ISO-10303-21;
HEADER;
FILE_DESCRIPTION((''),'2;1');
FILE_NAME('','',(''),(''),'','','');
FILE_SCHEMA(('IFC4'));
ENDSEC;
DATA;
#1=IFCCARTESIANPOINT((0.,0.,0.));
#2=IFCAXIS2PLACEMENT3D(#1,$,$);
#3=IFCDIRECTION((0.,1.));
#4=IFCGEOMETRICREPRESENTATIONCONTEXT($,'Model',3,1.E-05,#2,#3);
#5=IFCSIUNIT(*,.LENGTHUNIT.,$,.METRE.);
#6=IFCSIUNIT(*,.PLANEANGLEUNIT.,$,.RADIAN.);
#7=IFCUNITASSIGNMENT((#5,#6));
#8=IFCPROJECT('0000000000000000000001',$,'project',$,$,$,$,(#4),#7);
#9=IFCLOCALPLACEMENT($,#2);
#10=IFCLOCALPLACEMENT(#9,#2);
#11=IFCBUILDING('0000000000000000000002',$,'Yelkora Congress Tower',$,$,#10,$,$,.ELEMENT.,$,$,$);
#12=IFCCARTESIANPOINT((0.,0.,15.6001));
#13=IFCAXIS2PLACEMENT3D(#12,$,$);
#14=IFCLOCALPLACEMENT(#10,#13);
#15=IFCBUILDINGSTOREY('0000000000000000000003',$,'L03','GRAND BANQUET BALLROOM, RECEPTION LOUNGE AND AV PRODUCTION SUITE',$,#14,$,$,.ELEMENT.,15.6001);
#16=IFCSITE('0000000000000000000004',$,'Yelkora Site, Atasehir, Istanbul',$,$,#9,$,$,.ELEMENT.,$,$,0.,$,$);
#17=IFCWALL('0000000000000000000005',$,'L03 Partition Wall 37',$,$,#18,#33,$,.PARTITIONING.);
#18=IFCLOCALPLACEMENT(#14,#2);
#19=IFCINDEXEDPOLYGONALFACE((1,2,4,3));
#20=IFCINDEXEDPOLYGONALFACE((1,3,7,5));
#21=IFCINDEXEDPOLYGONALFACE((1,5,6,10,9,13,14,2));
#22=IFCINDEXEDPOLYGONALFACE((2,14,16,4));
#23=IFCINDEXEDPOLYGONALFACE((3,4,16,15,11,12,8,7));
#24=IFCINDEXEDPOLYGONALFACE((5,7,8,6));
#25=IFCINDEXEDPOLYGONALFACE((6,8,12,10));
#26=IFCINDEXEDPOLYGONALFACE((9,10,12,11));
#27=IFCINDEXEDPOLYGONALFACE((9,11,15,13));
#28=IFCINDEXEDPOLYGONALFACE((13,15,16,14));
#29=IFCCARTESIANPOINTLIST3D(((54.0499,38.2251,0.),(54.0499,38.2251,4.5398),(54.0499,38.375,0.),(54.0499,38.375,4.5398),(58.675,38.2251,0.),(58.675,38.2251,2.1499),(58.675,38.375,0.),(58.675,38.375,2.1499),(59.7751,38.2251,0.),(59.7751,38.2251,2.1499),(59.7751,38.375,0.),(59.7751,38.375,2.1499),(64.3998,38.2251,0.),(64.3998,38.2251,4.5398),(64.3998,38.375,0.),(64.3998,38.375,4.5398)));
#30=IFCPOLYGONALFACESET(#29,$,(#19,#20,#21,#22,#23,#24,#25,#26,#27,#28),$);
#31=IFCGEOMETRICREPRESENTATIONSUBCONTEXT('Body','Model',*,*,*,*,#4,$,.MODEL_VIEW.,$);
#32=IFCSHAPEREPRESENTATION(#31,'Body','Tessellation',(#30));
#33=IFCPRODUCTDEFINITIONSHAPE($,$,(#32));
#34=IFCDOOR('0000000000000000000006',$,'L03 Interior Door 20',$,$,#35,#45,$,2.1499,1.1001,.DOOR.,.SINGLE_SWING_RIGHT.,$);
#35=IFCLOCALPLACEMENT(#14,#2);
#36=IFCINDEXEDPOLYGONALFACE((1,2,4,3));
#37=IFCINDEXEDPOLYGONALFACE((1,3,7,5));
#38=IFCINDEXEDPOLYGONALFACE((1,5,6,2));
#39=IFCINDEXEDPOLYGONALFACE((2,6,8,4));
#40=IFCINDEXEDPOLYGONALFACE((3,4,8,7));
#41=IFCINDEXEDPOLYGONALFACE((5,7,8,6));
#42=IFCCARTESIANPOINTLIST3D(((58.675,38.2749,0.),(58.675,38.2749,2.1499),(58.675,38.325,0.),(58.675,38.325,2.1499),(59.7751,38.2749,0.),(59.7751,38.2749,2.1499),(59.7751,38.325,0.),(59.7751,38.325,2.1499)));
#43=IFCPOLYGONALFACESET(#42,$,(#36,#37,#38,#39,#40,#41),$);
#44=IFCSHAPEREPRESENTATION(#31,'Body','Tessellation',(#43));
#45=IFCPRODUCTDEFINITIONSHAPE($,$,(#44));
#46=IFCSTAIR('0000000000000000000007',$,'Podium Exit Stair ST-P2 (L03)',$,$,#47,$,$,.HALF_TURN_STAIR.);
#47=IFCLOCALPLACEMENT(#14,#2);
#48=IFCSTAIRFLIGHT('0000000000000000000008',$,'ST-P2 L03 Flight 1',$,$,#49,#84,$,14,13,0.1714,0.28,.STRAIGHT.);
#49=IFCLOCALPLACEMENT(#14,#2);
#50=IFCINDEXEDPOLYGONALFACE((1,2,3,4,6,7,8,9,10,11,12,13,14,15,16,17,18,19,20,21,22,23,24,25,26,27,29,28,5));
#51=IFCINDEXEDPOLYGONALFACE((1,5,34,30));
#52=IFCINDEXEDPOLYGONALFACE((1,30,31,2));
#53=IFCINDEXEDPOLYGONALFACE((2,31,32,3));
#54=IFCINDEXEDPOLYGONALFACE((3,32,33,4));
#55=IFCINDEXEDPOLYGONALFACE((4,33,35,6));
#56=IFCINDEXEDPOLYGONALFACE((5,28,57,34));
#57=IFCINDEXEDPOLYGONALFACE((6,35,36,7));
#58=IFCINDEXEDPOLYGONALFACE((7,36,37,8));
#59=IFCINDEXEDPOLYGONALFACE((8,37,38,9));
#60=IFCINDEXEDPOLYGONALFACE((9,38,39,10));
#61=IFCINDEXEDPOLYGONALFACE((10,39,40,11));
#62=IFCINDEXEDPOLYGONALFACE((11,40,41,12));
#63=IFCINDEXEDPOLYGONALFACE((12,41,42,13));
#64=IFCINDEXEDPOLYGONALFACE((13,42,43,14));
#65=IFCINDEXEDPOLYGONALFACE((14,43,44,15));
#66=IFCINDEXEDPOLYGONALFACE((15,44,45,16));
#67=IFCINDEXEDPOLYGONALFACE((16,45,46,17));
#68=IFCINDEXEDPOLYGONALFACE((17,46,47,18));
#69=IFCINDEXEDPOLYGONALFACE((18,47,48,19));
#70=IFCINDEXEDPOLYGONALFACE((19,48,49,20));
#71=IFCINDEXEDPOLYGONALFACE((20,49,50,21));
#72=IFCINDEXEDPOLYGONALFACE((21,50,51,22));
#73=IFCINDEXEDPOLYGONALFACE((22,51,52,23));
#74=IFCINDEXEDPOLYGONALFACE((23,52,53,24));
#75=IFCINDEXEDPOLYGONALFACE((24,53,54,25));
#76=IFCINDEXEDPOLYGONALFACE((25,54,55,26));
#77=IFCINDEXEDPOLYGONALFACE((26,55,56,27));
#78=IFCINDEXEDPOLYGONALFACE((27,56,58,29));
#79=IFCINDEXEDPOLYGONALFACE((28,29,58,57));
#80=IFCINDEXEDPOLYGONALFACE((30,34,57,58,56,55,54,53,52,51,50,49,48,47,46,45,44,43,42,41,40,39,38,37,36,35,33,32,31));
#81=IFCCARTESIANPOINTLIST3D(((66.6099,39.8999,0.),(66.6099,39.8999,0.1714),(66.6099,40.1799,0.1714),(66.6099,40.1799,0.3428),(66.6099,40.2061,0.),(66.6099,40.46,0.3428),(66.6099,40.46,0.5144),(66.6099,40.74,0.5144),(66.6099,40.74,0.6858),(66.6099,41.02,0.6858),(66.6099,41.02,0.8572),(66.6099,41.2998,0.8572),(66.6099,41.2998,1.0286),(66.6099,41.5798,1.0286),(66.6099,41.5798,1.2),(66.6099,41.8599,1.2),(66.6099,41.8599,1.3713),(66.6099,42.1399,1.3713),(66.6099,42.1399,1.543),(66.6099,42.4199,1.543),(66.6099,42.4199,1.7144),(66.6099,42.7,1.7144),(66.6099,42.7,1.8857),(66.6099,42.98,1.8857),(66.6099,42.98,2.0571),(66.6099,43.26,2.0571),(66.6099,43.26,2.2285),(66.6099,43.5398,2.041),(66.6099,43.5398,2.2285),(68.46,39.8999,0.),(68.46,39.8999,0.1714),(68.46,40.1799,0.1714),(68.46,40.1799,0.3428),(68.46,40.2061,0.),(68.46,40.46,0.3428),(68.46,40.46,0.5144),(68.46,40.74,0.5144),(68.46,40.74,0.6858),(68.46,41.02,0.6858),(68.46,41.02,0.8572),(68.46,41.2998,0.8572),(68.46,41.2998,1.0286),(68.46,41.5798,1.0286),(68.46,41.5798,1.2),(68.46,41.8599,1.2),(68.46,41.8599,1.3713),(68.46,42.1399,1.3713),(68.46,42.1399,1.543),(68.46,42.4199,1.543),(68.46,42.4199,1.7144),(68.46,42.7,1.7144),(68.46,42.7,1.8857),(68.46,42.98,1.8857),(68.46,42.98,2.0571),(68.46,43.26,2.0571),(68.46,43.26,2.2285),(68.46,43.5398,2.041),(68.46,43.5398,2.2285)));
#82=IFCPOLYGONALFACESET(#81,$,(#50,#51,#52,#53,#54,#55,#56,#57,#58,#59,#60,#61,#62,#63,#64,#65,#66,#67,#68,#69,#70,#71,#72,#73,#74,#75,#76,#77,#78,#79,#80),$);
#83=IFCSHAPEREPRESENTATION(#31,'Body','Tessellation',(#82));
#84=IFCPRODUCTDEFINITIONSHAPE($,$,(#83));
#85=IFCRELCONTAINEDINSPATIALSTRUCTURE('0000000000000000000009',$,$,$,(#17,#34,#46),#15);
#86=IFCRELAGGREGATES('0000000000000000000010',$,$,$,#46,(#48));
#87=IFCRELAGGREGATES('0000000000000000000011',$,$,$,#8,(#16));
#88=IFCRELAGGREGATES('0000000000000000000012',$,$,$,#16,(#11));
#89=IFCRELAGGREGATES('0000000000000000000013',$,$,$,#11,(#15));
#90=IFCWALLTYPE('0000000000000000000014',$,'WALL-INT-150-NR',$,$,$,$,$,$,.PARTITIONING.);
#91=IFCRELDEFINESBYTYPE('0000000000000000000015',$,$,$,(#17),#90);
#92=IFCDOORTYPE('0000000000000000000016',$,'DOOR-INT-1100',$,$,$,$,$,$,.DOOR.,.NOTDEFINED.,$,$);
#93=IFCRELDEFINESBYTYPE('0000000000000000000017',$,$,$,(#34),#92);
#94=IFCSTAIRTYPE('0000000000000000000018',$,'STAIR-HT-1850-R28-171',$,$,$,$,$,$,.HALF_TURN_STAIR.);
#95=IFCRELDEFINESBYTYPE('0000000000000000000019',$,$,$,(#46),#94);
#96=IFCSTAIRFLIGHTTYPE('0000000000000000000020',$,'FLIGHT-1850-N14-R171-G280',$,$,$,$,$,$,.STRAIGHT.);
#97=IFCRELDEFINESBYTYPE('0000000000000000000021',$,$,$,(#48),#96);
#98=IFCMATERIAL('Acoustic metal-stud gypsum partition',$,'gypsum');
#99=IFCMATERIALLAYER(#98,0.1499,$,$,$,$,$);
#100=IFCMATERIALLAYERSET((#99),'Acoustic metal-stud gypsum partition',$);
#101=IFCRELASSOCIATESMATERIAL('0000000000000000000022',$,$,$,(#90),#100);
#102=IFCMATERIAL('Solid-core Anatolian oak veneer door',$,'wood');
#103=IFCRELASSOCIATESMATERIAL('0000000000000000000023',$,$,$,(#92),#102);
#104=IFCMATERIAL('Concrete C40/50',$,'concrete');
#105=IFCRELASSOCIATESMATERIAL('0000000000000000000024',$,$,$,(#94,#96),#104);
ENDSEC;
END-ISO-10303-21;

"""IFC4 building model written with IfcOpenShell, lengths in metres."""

from ifc_helpers import new_model, si_unit, direction, frame, frame_2d, origin, place, context, subcontext, project, spatial, polyline, rectangle, outline, extrude, material, layer, layer_set, type_object, element, fill, aggregate, save


model = new_model("IFC4")

# Units and contexts
model_context = context("Model", 3, precision=1e-05, world=origin(), true_north=direction((0.0, 1.0)))
body_context = subcontext(model_context, "Body", "Model", "MODEL_VIEW")
ifc_project = project(units=[si_unit("LENGTHUNIT", "METRE"), si_unit("PLANEANGLEUNIT", "RADIAN")], contexts=[model_context])

# Site, building, storey
site_placement = place(None, origin())
site = spatial("IfcSite", under=ifc_project, at=site_placement, Name="Yelkora Site, Atasehir, Istanbul", CompositionType="ELEMENT", RefElevation=0.0)
building_placement = place(site_placement, origin())
building = spatial("IfcBuilding", under=site, at=building_placement, Name="Yelkora Congress Tower", CompositionType="ELEMENT")
storey_placement = place(building_placement, frame((0.0, 0.0, 15.6001)))
storey = spatial("IfcBuildingStorey", under=building, at=storey_placement, Name="L03", Description="GRAND BANQUET BALLROOM, RECEPTION LOUNGE AND AV PRODUCTION SUITE", CompositionType="ELEMENT", Elevation=15.6001)

# Wall, opening, door
ifc_material_1 = material(Name="Acoustic metal-stud gypsum partition", Category="gypsum")
ifc_layer_1 = layer(ifc_material_1, 0.1499)
ifc_layer_set_1 = layer_set([ifc_layer_1], Name="Acoustic metal-stud gypsum partition")
wall_type_1 = type_object("IfcWallType", Name="WALL-INT-150-NR", PredefinedType="PARTITIONING", material=ifc_layer_set_1)
wall_1_placement = place(storey_placement, frame((54.05, 38.3, 0.0), z_axis=(0.0, 0.0, 1.0), x_axis=(1.0, 0.0, 0.0)))
wall_1 = element("IfcWall", 1, at=wall_1_placement, inside=storey, type_object=wall_type_1, Name="L03 Partition Wall 37", PredefinedType="PARTITIONING", context=body_context, shape_type="SweptSolid", body=[
    extrude(rectangle(XDim=10.3499, YDim=0.1499, at=frame_2d((5.1748, 0.0))), origin(), (0.0, 0.0, 1.0), 4.5398),
])
opening_1_placement = place(wall_1_placement, frame((4.625, 0.0, 0.0)))
opening_1 = element("IfcOpeningElement", 2, at=opening_1_placement, cuts=wall_1, PredefinedType="OPENING", context=body_context, shape_type="SweptSolid", body=[
    extrude(rectangle(XDim=1.1001, YDim=2.1499, at=frame_2d((0.55, 1.075))), frame((0.0, 0.085, 0.0), z_axis=(0.0, -1.0, 0.0), x_axis=(1.0, 0.0, 0.0)), (0.0, 0.0, 1.0), 0.1699),
])
ifc_material_2 = material(Name="Solid-core Anatolian oak veneer door", Category="wood")
door_type_1 = type_object("IfcDoorType", Name="DOOR-INT-1100", OperationType="NOTDEFINED", PredefinedType="DOOR", material=ifc_material_2)
door_1_placement = place(opening_1_placement, origin())
door_1 = element("IfcDoor", 3, at=door_1_placement, inside=storey, type_object=door_type_1, Name="L03 Interior Door 20", OperationType="SINGLE_SWING_RIGHT", OverallHeight=2.1499, OverallWidth=1.1001, PredefinedType="DOOR", context=body_context, shape_type="SweptSolid", body=[
    extrude(rectangle(XDim=1.1001, YDim=2.1499, at=frame_2d((0.55, 1.075))), frame((0.0, 0.0249, 0.0), z_axis=(0.0, -1.0, 0.0), x_axis=(1.0, 0.0, 0.0)), (0.0, 0.0, 1.0), 0.05),
])
fill(opening_1, door_1)

# Stair, stair flight
ifc_material_3 = material(Name="Concrete C40/50", Category="concrete")
stair_type = type_object("IfcStairType", Name="STAIR-HT-1850-R28-171", PredefinedType="HALF_TURN_STAIR", material=ifc_material_3)
stair_placement = place(storey_placement, origin())
stair = element("IfcStair", 4, at=stair_placement, inside=storey, type_object=stair_type, Name="Podium Exit Stair ST-P2 (L03)", PredefinedType="HALF_TURN_STAIR")
stair_flight_type = type_object("IfcStairFlightType", Name="FLIGHT-1850-N14-R171-G280", PredefinedType="STRAIGHT", material=ifc_material_3)
stair_flight_placement = place(storey_placement, frame((67.5349, 39.8999, 0.0), z_axis=(0.0, 0.0, 1.0), x_axis=(0.0, 1.0, 0.0)))
stair_flight = element("IfcStairFlight", 5, at=stair_flight_placement, type_object=stair_flight_type, Name="ST-P2 L03 Flight 1", NumberOfRisers=14, NumberOfTreads=13, PredefinedType="STRAIGHT", RiserHeight=0.1714, TreadLength=0.28, context=body_context, shape_type="SweptSolid", body=[
    extrude(outline(polyline([(0.0, 0.0), (0.0, 0.1714), (0.28, 0.1714), (0.28, 0.3428), (0.5601, 0.3428), (0.5601, 0.5144), (0.8401, 0.5144), (0.8401, 0.6858), (1.1201, 0.6858), (1.1201, 0.8572), (1.3999, 0.8572), (1.3999, 1.0286), (1.6799, 1.0286), (1.6799, 1.2), (1.96, 1.2), (1.96, 1.3713), (2.24, 1.3713), (2.24, 1.543), (2.52, 1.543), (2.52, 1.7144), (2.8, 1.7144), (2.8, 1.8857), (3.0801, 1.8857), (3.0801, 2.0571), (3.3601, 2.0571), (3.3601, 2.2285), (3.6399, 2.2285), (3.6399, 2.3999), (3.6399, 2.041), (0.3062, 0.0), (0.0, 0.0)])), frame((0.0, 0.925, 0.0), z_axis=(0.0, -1.0, 0.0), x_axis=(1.0, 0.0, 0.0)), (0.0, 0.0, 1.0), 1.8501),
])
aggregate(stair, [stair_flight])

save(model, "model.ifc")
